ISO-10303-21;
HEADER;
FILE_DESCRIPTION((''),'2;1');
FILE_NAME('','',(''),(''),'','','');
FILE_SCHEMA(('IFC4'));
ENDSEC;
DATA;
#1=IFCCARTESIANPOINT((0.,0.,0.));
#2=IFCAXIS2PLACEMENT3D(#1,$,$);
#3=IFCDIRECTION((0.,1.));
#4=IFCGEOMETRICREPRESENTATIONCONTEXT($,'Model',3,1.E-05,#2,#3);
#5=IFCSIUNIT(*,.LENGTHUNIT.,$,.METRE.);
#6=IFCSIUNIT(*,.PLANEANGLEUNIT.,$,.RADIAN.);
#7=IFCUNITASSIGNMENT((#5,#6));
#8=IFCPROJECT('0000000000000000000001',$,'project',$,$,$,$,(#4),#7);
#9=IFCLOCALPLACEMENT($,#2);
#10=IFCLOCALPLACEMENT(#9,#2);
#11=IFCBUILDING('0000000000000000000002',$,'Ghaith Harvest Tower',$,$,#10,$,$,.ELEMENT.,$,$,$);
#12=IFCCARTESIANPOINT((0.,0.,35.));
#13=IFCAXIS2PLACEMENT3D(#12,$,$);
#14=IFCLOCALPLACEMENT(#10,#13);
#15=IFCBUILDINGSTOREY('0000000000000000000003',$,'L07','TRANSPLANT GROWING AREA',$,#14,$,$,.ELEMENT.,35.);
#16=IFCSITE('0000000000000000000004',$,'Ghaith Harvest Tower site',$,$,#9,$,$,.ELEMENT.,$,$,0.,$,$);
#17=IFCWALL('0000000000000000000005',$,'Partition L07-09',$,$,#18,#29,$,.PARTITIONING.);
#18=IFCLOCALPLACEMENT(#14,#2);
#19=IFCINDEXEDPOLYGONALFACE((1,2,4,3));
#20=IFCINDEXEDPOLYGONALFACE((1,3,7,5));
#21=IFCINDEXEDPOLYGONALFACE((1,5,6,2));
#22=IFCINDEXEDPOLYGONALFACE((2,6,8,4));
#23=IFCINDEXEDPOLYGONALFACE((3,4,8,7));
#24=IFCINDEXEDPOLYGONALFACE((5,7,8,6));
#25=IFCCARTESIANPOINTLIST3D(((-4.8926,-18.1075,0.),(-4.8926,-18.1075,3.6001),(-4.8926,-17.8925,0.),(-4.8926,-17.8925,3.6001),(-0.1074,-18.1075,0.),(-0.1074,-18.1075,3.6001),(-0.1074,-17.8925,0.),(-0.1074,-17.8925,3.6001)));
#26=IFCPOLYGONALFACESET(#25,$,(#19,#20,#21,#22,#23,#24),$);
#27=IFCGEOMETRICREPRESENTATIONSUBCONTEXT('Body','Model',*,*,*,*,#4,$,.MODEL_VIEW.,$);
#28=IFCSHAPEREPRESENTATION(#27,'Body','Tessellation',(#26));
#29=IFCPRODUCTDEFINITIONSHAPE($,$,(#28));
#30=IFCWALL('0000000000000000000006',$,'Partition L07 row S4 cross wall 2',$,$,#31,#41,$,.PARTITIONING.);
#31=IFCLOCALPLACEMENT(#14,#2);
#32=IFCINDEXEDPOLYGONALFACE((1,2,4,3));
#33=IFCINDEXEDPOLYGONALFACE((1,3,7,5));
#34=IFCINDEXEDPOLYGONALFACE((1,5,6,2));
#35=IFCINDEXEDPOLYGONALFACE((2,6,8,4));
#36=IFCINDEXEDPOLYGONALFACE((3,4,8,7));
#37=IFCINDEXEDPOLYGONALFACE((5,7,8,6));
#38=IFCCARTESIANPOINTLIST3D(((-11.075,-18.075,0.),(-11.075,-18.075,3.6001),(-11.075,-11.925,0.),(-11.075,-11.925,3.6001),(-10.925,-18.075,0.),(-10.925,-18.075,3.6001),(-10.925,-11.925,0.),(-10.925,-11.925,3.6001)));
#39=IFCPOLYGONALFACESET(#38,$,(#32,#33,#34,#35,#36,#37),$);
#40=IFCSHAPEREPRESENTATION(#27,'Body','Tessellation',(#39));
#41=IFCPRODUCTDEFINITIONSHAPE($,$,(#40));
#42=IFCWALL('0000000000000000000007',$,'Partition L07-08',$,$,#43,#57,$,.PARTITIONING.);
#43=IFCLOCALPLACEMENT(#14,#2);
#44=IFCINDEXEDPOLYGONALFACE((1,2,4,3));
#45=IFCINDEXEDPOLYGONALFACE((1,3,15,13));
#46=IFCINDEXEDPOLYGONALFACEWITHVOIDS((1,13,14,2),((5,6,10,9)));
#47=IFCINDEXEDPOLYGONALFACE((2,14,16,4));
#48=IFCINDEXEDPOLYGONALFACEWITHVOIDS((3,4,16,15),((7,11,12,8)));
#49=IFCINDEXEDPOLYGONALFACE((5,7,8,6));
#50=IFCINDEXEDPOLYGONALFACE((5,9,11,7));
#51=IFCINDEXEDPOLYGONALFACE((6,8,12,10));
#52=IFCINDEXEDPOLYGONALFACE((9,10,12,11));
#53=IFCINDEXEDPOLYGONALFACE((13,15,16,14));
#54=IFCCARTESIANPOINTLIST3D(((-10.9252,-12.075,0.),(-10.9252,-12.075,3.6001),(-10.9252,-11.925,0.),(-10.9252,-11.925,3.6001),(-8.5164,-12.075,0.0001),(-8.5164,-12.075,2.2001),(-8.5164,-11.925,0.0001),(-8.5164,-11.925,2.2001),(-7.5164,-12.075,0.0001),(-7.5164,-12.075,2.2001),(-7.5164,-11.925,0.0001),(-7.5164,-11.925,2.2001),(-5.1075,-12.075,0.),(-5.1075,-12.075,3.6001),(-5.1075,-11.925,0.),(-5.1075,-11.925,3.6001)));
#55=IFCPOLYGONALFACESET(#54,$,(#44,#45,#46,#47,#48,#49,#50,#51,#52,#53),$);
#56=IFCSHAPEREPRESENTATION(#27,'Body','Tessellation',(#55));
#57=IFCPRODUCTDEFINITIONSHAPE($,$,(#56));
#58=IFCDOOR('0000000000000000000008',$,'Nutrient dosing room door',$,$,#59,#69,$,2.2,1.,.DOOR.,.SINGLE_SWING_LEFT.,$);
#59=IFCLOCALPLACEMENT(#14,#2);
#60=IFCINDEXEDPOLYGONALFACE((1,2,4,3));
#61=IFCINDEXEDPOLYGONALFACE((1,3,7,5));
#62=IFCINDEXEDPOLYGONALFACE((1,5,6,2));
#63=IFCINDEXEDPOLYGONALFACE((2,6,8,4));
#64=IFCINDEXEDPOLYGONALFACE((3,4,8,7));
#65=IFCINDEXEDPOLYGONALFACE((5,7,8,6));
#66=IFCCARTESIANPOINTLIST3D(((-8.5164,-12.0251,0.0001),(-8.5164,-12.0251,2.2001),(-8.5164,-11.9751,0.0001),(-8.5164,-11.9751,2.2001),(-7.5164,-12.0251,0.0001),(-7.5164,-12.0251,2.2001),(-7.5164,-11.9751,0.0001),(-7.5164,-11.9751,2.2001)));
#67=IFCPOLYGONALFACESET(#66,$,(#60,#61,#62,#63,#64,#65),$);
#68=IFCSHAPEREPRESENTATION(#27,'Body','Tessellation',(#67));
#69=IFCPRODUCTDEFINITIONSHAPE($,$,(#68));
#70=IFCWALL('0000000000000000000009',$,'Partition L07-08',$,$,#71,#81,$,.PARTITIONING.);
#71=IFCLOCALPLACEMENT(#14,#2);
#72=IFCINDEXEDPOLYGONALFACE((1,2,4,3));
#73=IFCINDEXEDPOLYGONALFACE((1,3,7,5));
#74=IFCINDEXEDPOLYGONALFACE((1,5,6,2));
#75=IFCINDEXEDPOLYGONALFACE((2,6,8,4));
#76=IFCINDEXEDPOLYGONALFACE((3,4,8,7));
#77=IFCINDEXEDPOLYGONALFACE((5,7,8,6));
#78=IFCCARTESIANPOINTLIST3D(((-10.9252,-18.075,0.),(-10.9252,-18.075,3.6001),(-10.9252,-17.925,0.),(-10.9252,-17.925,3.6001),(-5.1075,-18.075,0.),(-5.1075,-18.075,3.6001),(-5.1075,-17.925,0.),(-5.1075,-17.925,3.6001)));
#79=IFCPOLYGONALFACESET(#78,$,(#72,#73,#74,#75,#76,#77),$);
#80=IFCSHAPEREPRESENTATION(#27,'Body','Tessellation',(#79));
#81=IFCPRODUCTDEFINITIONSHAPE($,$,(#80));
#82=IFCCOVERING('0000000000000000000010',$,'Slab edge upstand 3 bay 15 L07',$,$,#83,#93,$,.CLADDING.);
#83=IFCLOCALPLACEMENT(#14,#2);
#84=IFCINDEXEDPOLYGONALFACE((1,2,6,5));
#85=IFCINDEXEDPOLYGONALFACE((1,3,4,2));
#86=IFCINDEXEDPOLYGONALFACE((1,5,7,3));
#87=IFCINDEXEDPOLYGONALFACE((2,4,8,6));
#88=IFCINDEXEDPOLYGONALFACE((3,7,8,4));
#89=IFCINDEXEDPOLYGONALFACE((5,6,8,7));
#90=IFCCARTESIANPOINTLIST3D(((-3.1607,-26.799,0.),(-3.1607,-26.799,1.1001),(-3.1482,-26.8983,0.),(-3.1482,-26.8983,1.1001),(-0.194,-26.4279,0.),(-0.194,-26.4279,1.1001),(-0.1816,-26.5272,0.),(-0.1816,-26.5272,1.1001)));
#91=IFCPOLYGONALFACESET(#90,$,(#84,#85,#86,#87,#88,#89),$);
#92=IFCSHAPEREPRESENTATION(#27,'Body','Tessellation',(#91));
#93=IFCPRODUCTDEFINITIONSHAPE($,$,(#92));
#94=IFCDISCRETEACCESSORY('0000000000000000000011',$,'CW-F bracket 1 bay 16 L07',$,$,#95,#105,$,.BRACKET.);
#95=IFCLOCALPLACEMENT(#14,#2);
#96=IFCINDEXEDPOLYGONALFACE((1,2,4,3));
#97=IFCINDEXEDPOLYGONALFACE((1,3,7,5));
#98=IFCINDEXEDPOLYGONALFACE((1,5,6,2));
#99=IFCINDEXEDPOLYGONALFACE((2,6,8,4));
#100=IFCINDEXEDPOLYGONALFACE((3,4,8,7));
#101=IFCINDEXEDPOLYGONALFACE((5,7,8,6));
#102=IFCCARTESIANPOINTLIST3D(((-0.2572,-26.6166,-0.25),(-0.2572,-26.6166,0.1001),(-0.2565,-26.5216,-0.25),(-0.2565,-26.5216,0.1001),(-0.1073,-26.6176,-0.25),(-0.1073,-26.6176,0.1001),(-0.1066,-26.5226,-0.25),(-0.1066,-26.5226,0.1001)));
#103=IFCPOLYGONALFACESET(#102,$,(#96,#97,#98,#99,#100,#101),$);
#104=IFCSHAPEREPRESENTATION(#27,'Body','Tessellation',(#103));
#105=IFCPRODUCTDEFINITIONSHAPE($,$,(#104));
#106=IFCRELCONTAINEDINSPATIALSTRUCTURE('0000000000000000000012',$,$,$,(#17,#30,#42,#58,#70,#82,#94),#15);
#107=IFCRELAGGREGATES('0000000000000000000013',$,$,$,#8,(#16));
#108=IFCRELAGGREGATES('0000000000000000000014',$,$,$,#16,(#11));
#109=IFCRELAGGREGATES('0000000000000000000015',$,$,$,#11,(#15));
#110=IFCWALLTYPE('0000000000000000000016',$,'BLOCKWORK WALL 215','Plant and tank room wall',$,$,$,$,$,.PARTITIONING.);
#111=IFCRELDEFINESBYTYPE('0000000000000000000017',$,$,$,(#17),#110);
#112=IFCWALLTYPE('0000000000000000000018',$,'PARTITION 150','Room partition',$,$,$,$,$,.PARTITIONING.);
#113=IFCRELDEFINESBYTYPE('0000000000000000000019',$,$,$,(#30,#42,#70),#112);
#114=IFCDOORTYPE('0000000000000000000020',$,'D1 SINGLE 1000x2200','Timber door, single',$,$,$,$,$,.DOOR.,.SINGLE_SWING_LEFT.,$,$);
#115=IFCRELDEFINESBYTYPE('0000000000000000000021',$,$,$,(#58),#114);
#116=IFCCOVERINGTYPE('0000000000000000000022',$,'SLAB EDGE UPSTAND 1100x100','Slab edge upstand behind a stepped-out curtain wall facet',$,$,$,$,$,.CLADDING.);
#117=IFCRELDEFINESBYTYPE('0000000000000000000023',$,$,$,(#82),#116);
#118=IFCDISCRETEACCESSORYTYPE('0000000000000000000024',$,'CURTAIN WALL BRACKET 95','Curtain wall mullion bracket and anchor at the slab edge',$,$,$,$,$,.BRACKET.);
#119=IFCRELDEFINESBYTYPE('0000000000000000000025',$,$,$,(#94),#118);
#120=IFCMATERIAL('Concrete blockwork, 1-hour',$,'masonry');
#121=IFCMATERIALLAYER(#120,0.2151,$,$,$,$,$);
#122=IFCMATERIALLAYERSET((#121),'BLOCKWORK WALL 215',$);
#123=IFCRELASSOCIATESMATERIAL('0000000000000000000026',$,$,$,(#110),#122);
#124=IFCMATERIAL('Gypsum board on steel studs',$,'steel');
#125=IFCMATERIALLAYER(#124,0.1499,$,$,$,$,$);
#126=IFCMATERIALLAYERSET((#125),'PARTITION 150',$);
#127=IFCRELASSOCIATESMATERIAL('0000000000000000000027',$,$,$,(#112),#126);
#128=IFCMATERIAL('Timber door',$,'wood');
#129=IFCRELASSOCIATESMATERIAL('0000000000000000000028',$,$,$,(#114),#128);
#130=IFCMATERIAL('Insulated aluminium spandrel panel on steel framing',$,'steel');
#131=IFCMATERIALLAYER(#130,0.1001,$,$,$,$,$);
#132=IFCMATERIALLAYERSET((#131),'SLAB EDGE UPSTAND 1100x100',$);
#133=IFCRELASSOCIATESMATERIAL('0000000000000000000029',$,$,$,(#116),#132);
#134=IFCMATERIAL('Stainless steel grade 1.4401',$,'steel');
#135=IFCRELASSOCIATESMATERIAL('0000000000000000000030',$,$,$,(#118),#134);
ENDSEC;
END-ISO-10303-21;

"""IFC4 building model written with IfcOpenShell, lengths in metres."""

from ifc_helpers import new_model, si_unit, direction, frame, frame_2d, origin, origin_2d, place, context, subcontext, project, spatial, rectangle, extrude, material, layer, layer_set, type_object, element, fill, save


model = new_model("IFC4")

# Units and contexts
model_context = context("Model", 3, precision=1e-05, world=origin(), true_north=direction((0.0, 1.0)))
body_context = subcontext(model_context, "Body", "Model", "MODEL_VIEW")
ifc_project = project(units=[si_unit("LENGTHUNIT", "METRE"), si_unit("PLANEANGLEUNIT", "RADIAN")], contexts=[model_context])

# Site, building, storey
site_placement = place(None, origin())
site = spatial("IfcSite", under=ifc_project, at=site_placement, Name="Ghaith Harvest Tower site", CompositionType="ELEMENT", RefElevation=0.0)
building_placement = place(site_placement, origin())
building = spatial("IfcBuilding", under=site, at=building_placement, Name="Ghaith Harvest Tower", CompositionType="ELEMENT")
storey_placement = place(building_placement, frame((0.0, 0.0, 35.0)))
storey = spatial("IfcBuildingStorey", under=building, at=storey_placement, Name="L07", Description="TRANSPLANT GROWING AREA", CompositionType="ELEMENT", Elevation=35.0)

# Shared definitions
ifc_material_1 = material(Name="Concrete blockwork, 1-hour", Category="masonry")
ifc_layer_1 = layer(ifc_material_1, 0.2151)
ifc_layer_set_1 = layer_set([ifc_layer_1], Name="BLOCKWORK WALL 215")
wall_type_1 = type_object("IfcWallType", Name="BLOCKWORK WALL 215", Description="Plant and tank room wall", PredefinedType="PARTITIONING", material=ifc_layer_set_1)

# Walls
wall_1_placement = place(storey_placement, frame((-4.8926, -18.0, 0.0), z_axis=(0.0, 0.0, 1.0), x_axis=(1.0, 0.0, 0.0)))
element("IfcWall", 1, at=wall_1_placement, inside=storey, type_object=wall_type_1, Name="Partition L07-09", PredefinedType="PARTITIONING", context=body_context, shape_type="SweptSolid", body=[
    extrude(rectangle(XDim=4.7852, YDim=0.2151, at=frame_2d((2.3926, 0.0))), origin(), (0.0, 0.0, 1.0), 3.6001),
])
ifc_material_2 = material(Name="Gypsum board on steel studs", Category="steel")
ifc_layer_2 = layer(ifc_material_2, 0.1499)
ifc_layer_set_2 = layer_set([ifc_layer_2], Name="PARTITION 150")
wall_type_2 = type_object("IfcWallType", Name="PARTITION 150", Description="Room partition", PredefinedType="PARTITIONING", material=ifc_layer_set_2)
wall_2_placement = place(storey_placement, frame((-11.0, -11.925, 0.0), z_axis=(0.0, 0.0, 1.0), x_axis=(0.0, -1.0, 0.0)))
element("IfcWall", 2, at=wall_2_placement, inside=storey, type_object=wall_type_2, Name="Partition L07 row S4 cross wall 2", PredefinedType="PARTITIONING", context=body_context, shape_type="SweptSolid", body=[
    extrude(rectangle(XDim=6.1499, YDim=0.1499, at=frame_2d((3.075, 0.0))), origin(), (0.0, 0.0, 1.0), 3.6001),
])

# Wall, opening, door
wall_3_placement = place(storey_placement, frame((-10.925, -12.0, 0.0), z_axis=(0.0, 0.0, 1.0), x_axis=(1.0, 0.0, 0.0)))
wall_3 = element("IfcWall", 3, at=wall_3_placement, inside=storey, type_object=wall_type_2, Name="Partition L07-08", PredefinedType="PARTITIONING", context=body_context, shape_type="SweptSolid", body=[
    extrude(rectangle(XDim=5.8176, YDim=0.1499, at=frame_2d((2.9087, 0.0))), origin(), (0.0, 0.0, 1.0), 3.6001),
])
opening_1_placement = place(wall_3_placement, frame((2.4087, 0.0, 0.0)))
opening_1 = element("IfcOpeningElement", 4, at=opening_1_placement, cuts=wall_3, PredefinedType="OPENING", context=body_context, shape_type="SweptSolid", body=[
    extrude(rectangle(XDim=1.0, YDim=2.2, at=frame_2d((0.5, 1.1001))), frame((0.0, 0.085, 0.0), z_axis=(0.0, -1.0, 0.0), x_axis=(1.0, 0.0, 0.0)), (0.0, 0.0, 1.0), 0.1699),
])
ifc_material_3 = material(Name="Timber door", Category="wood")
door_type_1 = type_object("IfcDoorType", Name="D1 SINGLE 1000x2200", Description="Timber door, single", OperationType="SINGLE_SWING_LEFT", PredefinedType="DOOR", material=ifc_material_3)
door_1_placement = place(opening_1_placement, origin())
door_1 = element("IfcDoor", 5, at=door_1_placement, inside=storey, type_object=door_type_1, Name="Nutrient dosing room door", OperationType="SINGLE_SWING_LEFT", OverallHeight=2.2, OverallWidth=1.0, PredefinedType="DOOR", context=body_context, shape_type="SweptSolid", body=[
    extrude(rectangle(XDim=1.0, YDim=2.2, at=frame_2d((0.5, 1.1001))), frame((0.0, 0.0249, 0.0), z_axis=(0.0, -1.0, 0.0), x_axis=(1.0, 0.0, 0.0)), (0.0, 0.0, 1.0), 0.05),
])
fill(opening_1, door_1)

# Wall
wall_4_placement = place(storey_placement, frame((-10.925, -18.0, 0.0), z_axis=(0.0, 0.0, 1.0), x_axis=(1.0, 0.0, 0.0)))
element("IfcWall", 6, at=wall_4_placement, inside=storey, type_object=wall_type_2, Name="Partition L07-08", PredefinedType="PARTITIONING", context=body_context, shape_type="SweptSolid", body=[
    extrude(rectangle(XDim=5.8176, YDim=0.1499, at=frame_2d((2.9087, 0.0))), origin(), (0.0, 0.0, 1.0), 3.6001),
])

# Covering
ifc_material_4 = material(Name="Insulated aluminium spandrel panel on steel framing", Category="steel")
ifc_layer_3 = layer(ifc_material_4, 0.1001)
ifc_layer_set_3 = layer_set([ifc_layer_3], Name="SLAB EDGE UPSTAND 1100x100")
covering_type = type_object("IfcCoveringType", Name="SLAB EDGE UPSTAND 1100x100", Description="Slab edge upstand behind a stepped-out curtain wall facet", PredefinedType="CLADDING", material=ifc_layer_set_3)
covering_placement = place(storey_placement, frame((-1.6711, -26.6631, 0.0), z_axis=(0.0, 0.0, 1.0), x_axis=(0.992265, 0.124139, 0.0)))
element("IfcCovering", 7, at=covering_placement, inside=storey, type_object=covering_type, Name="Slab edge upstand 3 bay 15 L07", PredefinedType="CLADDING", context=body_context, shape_type="SweptSolid", body=[
    extrude(rectangle(XDim=2.9897, YDim=0.1001, at=origin_2d()), origin(), (0.0, 0.0, 1.0), 1.1001),
])

# Discrete accessory
ifc_material_5 = material(Name="Stainless steel grade 1.4401", Category="steel")
discrete_accessory_type = type_object("IfcDiscreteAccessoryType", Name="CURTAIN WALL BRACKET 95", Description="Curtain wall mullion bracket and anchor at the slab edge", PredefinedType="BRACKET", material=ifc_material_5)
discrete_accessory_placement = place(storey_placement, frame((-0.1819, -26.5696, -0.25), z_axis=(0.0, 0.0, 1.0), x_axis=(-0.006844, -0.999977, 0.0)))
element("IfcDiscreteAccessory", 8, at=discrete_accessory_placement, inside=storey, type_object=discrete_accessory_type, Name="CW-F bracket 1 bay 16 L07", PredefinedType="BRACKET", context=body_context, shape_type="SweptSolid", body=[
    extrude(rectangle(XDim=0.095, YDim=0.1499, at=origin_2d()), origin(), (0.0, 0.0, 1.0), 0.3501),
])

save(model, "model.ifc")
